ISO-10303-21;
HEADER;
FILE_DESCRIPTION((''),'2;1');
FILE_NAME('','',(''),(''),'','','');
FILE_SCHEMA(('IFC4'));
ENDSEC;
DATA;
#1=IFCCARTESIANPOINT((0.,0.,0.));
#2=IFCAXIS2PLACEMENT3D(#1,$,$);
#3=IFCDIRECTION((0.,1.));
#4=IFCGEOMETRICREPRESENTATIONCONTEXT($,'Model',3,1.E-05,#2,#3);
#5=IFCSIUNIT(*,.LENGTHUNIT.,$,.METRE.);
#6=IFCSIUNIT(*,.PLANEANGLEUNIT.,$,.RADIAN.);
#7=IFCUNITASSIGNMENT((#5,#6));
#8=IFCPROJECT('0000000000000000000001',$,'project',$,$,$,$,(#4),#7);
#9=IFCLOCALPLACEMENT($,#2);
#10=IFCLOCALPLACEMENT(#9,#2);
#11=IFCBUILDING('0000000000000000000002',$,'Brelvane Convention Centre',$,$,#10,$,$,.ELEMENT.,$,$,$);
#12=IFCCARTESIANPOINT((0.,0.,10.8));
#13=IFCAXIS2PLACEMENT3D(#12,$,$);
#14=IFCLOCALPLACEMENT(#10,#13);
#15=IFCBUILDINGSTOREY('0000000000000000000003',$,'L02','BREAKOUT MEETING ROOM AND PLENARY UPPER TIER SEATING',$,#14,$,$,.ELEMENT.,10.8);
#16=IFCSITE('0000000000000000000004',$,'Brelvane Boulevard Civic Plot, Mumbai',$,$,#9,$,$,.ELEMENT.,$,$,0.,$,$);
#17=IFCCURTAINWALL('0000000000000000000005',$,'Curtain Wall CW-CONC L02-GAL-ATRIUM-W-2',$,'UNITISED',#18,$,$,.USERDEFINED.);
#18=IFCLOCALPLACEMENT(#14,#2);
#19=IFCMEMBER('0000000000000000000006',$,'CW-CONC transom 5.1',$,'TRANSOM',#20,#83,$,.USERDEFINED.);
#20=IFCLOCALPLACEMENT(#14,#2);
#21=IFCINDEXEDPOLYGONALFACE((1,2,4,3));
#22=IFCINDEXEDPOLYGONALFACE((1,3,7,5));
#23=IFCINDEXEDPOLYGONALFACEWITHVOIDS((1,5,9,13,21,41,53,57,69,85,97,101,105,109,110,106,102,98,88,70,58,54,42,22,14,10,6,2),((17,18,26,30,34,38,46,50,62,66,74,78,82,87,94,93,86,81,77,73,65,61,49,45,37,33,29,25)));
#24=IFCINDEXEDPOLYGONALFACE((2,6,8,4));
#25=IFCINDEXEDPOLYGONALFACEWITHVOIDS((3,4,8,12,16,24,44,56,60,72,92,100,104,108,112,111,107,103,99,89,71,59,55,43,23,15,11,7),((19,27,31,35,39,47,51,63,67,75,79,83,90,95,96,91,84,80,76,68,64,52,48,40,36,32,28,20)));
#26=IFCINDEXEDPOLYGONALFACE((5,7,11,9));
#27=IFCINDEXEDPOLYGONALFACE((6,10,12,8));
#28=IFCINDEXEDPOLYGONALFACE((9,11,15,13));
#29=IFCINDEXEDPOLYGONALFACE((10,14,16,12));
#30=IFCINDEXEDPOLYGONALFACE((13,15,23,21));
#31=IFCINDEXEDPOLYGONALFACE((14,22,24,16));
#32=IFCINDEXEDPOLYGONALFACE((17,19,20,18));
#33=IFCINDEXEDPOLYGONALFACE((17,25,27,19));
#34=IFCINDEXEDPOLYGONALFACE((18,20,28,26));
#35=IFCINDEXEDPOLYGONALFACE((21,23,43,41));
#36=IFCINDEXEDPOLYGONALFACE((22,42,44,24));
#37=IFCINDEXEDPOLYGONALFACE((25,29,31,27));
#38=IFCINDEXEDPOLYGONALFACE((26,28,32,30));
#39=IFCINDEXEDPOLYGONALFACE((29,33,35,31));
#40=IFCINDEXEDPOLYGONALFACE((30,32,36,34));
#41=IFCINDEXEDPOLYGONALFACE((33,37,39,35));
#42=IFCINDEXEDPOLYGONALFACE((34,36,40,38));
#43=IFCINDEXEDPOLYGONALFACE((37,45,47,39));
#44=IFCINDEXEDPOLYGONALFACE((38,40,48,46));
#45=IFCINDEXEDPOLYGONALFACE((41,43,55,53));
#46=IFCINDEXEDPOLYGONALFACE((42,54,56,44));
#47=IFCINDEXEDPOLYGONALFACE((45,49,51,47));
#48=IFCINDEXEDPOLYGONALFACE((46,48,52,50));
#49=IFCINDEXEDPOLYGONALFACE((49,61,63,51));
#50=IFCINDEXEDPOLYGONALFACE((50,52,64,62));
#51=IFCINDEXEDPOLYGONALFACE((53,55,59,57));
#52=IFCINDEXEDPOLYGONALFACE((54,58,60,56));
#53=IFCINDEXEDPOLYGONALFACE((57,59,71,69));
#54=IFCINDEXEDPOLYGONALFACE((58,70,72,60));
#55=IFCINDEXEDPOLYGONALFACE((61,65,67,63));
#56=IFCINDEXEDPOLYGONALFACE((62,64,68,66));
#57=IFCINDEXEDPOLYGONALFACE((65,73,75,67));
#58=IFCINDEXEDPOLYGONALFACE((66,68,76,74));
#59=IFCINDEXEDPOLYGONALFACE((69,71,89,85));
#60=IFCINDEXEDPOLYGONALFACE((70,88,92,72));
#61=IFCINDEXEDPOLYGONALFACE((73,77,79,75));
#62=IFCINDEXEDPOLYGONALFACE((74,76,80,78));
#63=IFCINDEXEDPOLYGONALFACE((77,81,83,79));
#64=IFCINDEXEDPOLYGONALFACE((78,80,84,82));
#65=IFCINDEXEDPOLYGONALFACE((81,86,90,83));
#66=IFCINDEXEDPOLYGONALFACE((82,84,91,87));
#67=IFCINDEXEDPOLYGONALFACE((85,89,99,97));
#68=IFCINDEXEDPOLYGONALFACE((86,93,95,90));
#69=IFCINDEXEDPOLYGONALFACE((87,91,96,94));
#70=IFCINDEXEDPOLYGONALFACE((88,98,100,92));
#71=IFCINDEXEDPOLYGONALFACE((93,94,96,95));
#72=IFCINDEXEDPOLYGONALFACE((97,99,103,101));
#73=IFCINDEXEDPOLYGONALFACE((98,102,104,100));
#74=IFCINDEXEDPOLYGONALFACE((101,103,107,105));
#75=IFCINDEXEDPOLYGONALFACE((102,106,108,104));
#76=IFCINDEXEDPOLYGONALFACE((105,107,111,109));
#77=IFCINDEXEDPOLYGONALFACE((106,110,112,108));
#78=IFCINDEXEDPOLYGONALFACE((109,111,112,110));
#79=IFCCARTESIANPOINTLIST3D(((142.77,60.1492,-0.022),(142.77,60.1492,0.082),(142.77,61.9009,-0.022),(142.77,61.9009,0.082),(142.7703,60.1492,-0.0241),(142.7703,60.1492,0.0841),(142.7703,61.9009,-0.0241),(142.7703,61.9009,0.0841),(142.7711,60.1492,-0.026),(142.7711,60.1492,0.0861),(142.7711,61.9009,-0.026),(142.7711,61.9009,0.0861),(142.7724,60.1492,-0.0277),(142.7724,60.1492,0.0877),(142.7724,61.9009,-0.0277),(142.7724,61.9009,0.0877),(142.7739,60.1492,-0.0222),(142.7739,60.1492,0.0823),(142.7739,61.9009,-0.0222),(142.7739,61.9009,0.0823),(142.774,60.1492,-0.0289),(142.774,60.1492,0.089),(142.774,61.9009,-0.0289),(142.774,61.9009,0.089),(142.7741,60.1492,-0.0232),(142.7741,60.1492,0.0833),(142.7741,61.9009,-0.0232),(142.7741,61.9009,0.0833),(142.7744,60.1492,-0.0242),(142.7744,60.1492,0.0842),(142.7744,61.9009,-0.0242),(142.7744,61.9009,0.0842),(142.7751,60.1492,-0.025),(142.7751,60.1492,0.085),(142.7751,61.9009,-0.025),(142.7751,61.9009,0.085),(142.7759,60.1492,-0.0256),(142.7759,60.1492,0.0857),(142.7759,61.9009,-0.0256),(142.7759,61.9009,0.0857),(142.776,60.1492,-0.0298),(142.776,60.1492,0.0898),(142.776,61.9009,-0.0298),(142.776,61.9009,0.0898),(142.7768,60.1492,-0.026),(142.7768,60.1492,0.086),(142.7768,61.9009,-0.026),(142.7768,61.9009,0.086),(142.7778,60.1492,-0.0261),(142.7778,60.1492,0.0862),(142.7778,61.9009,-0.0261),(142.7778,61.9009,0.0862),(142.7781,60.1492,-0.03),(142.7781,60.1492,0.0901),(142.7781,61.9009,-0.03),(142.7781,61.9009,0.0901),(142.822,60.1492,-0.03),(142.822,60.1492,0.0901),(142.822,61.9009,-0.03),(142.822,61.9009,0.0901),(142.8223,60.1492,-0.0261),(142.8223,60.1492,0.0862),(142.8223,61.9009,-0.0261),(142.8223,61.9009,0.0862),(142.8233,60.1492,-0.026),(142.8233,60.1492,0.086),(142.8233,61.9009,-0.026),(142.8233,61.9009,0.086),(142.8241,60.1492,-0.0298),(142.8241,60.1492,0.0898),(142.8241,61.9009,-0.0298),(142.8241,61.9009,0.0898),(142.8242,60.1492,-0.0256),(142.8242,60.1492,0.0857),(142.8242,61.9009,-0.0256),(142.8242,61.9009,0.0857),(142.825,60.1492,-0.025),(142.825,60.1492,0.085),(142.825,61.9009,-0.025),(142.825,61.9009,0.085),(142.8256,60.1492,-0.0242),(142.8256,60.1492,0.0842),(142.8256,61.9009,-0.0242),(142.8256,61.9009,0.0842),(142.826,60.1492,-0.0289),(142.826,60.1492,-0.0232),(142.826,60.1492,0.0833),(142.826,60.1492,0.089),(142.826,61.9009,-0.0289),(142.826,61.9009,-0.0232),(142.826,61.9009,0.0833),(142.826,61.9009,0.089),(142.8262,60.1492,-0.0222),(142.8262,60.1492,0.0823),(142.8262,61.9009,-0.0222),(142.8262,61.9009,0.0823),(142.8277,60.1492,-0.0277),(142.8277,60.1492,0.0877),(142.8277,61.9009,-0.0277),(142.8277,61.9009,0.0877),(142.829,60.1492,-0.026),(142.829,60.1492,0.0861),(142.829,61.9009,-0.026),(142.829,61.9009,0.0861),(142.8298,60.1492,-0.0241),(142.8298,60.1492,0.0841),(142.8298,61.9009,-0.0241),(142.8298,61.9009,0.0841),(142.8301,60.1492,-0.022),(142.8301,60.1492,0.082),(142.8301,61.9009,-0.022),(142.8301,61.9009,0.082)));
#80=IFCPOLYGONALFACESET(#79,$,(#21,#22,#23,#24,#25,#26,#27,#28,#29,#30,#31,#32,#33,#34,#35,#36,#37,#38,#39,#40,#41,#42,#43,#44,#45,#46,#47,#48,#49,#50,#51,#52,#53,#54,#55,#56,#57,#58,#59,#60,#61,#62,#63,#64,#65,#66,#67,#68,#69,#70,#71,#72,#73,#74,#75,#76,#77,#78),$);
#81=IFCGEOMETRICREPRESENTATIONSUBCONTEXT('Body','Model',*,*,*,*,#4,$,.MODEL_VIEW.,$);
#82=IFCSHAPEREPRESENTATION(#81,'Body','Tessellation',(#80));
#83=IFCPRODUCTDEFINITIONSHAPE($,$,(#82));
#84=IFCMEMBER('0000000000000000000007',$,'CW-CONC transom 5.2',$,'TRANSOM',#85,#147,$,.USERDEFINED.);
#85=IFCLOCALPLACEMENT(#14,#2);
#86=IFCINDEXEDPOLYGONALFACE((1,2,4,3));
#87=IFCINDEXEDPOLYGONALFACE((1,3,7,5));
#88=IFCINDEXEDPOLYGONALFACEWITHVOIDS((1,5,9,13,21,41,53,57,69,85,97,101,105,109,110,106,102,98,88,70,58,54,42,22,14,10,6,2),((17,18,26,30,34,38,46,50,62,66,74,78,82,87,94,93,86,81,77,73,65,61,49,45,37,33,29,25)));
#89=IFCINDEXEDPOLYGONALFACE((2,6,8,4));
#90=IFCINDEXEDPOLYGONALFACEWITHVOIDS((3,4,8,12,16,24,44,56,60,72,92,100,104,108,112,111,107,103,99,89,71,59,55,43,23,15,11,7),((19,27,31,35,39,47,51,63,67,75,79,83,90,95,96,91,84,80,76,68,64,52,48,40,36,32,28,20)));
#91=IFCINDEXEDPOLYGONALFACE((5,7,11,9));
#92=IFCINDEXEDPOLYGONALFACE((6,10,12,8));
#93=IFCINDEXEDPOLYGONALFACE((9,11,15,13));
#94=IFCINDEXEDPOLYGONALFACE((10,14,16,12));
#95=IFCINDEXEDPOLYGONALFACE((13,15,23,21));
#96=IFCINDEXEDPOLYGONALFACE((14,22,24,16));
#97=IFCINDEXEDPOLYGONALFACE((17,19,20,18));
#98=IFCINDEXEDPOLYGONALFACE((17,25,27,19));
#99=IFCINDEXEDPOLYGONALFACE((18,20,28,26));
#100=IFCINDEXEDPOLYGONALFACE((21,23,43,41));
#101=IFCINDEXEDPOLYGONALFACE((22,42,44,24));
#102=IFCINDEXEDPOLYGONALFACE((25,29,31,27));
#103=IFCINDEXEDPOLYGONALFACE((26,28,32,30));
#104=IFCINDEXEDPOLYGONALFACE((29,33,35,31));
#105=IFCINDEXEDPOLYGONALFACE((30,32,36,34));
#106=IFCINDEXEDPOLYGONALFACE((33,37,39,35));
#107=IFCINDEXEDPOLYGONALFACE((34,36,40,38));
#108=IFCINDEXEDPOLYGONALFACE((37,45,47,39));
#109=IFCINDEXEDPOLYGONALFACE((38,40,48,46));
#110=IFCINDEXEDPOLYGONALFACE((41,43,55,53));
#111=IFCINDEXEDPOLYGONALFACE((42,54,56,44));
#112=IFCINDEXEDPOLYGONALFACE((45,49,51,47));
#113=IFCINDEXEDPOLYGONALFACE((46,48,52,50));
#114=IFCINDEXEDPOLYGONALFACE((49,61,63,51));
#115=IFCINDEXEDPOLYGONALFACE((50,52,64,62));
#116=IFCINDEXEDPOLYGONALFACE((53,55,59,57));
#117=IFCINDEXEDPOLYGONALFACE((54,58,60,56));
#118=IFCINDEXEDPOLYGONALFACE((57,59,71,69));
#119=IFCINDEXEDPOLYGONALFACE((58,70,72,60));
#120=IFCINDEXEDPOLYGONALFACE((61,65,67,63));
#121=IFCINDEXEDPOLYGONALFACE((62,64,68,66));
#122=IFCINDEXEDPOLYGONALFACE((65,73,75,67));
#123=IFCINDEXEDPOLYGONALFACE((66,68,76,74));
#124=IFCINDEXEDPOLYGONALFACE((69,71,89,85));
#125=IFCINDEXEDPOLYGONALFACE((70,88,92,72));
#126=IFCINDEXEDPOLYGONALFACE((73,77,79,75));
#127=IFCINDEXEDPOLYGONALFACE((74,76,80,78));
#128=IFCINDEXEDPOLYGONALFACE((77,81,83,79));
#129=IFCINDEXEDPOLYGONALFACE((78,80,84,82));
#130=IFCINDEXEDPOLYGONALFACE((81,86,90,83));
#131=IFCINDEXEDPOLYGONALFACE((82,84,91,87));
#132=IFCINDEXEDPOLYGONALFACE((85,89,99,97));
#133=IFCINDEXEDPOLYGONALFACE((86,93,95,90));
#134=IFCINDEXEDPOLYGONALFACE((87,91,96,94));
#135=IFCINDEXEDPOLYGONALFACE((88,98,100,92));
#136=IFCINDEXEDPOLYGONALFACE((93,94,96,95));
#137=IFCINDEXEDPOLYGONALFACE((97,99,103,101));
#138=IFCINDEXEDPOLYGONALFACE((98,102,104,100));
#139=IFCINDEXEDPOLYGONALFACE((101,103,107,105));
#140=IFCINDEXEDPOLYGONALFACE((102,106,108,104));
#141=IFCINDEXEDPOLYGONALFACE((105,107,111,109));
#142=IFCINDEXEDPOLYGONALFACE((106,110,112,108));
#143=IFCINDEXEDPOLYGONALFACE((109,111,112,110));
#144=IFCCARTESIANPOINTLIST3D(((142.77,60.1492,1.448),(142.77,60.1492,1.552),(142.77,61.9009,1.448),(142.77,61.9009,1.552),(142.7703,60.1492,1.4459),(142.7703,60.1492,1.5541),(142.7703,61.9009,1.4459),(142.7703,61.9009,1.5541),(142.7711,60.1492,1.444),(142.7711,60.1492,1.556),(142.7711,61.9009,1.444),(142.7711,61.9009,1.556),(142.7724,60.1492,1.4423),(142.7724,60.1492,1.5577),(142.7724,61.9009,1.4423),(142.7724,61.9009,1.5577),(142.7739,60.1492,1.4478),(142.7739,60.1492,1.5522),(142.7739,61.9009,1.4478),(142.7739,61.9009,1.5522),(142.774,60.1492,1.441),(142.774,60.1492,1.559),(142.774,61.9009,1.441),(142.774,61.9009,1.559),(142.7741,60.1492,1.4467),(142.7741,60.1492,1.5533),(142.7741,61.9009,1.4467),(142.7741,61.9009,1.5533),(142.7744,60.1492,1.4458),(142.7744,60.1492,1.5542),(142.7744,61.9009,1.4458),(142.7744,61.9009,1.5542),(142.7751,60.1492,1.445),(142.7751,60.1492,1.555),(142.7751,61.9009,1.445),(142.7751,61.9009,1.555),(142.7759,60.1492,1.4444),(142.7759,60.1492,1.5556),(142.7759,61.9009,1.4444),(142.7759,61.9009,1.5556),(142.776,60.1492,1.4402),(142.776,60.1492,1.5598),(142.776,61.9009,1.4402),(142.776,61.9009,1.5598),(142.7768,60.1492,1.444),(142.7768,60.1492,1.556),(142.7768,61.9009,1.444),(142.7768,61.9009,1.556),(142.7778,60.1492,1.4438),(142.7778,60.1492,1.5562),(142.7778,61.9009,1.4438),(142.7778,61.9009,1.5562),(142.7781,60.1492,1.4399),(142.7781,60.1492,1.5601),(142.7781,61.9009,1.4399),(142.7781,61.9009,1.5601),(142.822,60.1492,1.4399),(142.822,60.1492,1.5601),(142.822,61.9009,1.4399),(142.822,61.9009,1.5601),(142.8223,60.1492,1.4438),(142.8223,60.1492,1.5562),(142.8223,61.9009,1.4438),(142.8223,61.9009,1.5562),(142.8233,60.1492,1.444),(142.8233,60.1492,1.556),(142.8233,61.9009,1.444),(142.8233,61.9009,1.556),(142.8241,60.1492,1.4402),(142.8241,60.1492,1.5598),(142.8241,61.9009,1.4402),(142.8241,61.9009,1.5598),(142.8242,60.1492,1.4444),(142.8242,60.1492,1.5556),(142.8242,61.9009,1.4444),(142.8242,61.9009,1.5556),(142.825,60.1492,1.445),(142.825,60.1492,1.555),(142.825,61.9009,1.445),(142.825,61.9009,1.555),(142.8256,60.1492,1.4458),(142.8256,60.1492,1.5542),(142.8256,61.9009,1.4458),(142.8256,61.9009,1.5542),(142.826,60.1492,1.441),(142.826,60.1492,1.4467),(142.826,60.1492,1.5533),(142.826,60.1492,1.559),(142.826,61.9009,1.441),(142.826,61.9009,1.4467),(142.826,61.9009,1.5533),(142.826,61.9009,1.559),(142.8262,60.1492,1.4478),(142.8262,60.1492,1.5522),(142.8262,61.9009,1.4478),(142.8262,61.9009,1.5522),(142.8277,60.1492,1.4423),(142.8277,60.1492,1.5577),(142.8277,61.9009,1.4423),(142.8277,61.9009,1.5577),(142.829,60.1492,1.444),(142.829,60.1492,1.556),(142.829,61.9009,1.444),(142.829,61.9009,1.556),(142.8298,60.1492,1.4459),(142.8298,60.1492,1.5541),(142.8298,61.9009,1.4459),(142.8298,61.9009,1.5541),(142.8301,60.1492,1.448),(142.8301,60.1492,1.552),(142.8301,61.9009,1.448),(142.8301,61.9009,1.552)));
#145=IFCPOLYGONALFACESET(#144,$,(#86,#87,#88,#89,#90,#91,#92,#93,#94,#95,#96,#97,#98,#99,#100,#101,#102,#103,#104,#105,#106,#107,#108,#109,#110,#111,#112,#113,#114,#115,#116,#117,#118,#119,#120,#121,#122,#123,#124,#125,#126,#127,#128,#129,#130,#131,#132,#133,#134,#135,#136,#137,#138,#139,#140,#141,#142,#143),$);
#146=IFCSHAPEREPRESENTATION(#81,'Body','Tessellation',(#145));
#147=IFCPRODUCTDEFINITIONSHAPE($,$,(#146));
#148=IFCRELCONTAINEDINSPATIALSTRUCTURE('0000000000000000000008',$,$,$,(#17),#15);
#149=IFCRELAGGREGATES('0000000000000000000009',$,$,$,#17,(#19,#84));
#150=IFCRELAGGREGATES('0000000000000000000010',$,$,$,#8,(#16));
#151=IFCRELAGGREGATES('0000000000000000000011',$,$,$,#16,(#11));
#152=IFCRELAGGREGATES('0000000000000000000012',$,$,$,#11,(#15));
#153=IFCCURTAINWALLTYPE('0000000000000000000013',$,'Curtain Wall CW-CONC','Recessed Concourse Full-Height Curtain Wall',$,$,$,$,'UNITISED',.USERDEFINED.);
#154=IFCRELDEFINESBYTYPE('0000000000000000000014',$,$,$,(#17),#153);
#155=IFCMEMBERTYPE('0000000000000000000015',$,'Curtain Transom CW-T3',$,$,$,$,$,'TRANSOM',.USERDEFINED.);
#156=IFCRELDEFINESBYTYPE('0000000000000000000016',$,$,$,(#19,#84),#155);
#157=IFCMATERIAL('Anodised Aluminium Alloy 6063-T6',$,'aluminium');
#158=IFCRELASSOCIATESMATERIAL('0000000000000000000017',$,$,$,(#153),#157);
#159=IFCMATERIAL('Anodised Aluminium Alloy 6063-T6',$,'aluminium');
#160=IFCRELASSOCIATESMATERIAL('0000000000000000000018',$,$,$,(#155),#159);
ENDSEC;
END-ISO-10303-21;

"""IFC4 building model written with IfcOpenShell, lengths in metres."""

from ifc_helpers import new_model, si_unit, direction, frame, origin, origin_2d, place, context, subcontext, project, spatial, hollow_rectangle, extrude, material, material_profile, profile_set, type_object, element, aggregate, save


model = new_model("IFC4")

# Units and contexts
model_context = context("Model", 3, precision=1e-05, world=origin(), true_north=direction((0.0, 1.0)))
body_context = subcontext(model_context, "Body", "Model", "MODEL_VIEW")
ifc_project = project(units=[si_unit("LENGTHUNIT", "METRE"), si_unit("PLANEANGLEUNIT", "RADIAN")], contexts=[model_context])

# Site, building, storey
site_placement = place(None, origin())
site = spatial("IfcSite", under=ifc_project, at=site_placement, Name="Brelvane Boulevard Civic Plot, Mumbai", CompositionType="ELEMENT", RefElevation=0.0)
building_placement = place(site_placement, origin())
building = spatial("IfcBuilding", under=site, at=building_placement, Name="Brelvane Convention Centre", CompositionType="ELEMENT")
storey_placement = place(building_placement, frame((0.0, 0.0, 10.8)))
storey = spatial("IfcBuildingStorey", under=building, at=storey_placement, Name="L02", Description="BREAKOUT MEETING ROOM AND PLENARY UPPER TIER SEATING", CompositionType="ELEMENT", Elevation=10.8)

# Curtain wall, members
ifc_material_1 = material(Name="Anodised Aluminium Alloy 6063-T6", Category="aluminium")
curtain_wall_type = type_object("IfcCurtainWallType", Name="Curtain Wall CW-CONC", Description="Recessed Concourse Full-Height Curtain Wall", ElementType="UNITISED", PredefinedType="USERDEFINED", material=ifc_material_1)
curtain_wall_placement = place(storey_placement, origin())
curtain_wall = element("IfcCurtainWall", 1, at=curtain_wall_placement, inside=storey, type_object=curtain_wall_type, Name="Curtain Wall CW-CONC L02-GAL-ATRIUM-W-2", ObjectType="UNITISED", PredefinedType="USERDEFINED")
ifc_material_2 = material(Name="Anodised Aluminium Alloy 6063-T6", Category="aluminium")
ifc_material_profile_1 = material_profile(ifc_material_2, hollow_rectangle(XDim=0.0601, YDim=0.1201, WallThickness=0.0039, InnerFilletRadius=0.0039, OuterFilletRadius=0.0081, at=origin_2d()), Name="ALU-T 120x60x4.0")
ifc_profile_set_1 = profile_set([ifc_material_profile_1], Name="Anodised Aluminium Alloy 6063-T6")
member_type_1 = type_object("IfcMemberType", Name="Curtain Transom CW-T3", ElementType="TRANSOM", PredefinedType="USERDEFINED", material=ifc_profile_set_1)
member_1_placement = place(storey_placement, frame((142.8, 60.1492, 0.03), z_axis=(0.0, 1.0, 0.0), x_axis=(-1.0, 0.0, 0.0)))
member_1 = element("IfcMember", 2, at=member_1_placement, type_object=member_type_1, Name="CW-CONC transom 5.1", ObjectType="TRANSOM", PredefinedType="USERDEFINED", context=body_context, shape_type="SweptSolid", body=[
    extrude(hollow_rectangle(XDim=0.0601, YDim=0.1201, WallThickness=0.0039, InnerFilletRadius=0.0039, OuterFilletRadius=0.0081, at=origin_2d()), origin(), (0.0, 0.0, 1.0), 1.7517),
])
member_2_placement = place(storey_placement, frame((142.8, 60.1492, 1.5), z_axis=(0.0, 1.0, 0.0), x_axis=(-1.0, 0.0, 0.0)))
member_2 = element("IfcMember", 3, at=member_2_placement, type_object=member_type_1, Name="CW-CONC transom 5.2", ObjectType="TRANSOM", PredefinedType="USERDEFINED", context=body_context, shape_type="SweptSolid", body=[
    extrude(hollow_rectangle(XDim=0.0601, YDim=0.1201, WallThickness=0.0039, InnerFilletRadius=0.0039, OuterFilletRadius=0.0081, at=origin_2d()), origin(), (0.0, 0.0, 1.0), 1.7517),
])

aggregate(curtain_wall, [member_1, member_2])

save(model, "model.ifc")
